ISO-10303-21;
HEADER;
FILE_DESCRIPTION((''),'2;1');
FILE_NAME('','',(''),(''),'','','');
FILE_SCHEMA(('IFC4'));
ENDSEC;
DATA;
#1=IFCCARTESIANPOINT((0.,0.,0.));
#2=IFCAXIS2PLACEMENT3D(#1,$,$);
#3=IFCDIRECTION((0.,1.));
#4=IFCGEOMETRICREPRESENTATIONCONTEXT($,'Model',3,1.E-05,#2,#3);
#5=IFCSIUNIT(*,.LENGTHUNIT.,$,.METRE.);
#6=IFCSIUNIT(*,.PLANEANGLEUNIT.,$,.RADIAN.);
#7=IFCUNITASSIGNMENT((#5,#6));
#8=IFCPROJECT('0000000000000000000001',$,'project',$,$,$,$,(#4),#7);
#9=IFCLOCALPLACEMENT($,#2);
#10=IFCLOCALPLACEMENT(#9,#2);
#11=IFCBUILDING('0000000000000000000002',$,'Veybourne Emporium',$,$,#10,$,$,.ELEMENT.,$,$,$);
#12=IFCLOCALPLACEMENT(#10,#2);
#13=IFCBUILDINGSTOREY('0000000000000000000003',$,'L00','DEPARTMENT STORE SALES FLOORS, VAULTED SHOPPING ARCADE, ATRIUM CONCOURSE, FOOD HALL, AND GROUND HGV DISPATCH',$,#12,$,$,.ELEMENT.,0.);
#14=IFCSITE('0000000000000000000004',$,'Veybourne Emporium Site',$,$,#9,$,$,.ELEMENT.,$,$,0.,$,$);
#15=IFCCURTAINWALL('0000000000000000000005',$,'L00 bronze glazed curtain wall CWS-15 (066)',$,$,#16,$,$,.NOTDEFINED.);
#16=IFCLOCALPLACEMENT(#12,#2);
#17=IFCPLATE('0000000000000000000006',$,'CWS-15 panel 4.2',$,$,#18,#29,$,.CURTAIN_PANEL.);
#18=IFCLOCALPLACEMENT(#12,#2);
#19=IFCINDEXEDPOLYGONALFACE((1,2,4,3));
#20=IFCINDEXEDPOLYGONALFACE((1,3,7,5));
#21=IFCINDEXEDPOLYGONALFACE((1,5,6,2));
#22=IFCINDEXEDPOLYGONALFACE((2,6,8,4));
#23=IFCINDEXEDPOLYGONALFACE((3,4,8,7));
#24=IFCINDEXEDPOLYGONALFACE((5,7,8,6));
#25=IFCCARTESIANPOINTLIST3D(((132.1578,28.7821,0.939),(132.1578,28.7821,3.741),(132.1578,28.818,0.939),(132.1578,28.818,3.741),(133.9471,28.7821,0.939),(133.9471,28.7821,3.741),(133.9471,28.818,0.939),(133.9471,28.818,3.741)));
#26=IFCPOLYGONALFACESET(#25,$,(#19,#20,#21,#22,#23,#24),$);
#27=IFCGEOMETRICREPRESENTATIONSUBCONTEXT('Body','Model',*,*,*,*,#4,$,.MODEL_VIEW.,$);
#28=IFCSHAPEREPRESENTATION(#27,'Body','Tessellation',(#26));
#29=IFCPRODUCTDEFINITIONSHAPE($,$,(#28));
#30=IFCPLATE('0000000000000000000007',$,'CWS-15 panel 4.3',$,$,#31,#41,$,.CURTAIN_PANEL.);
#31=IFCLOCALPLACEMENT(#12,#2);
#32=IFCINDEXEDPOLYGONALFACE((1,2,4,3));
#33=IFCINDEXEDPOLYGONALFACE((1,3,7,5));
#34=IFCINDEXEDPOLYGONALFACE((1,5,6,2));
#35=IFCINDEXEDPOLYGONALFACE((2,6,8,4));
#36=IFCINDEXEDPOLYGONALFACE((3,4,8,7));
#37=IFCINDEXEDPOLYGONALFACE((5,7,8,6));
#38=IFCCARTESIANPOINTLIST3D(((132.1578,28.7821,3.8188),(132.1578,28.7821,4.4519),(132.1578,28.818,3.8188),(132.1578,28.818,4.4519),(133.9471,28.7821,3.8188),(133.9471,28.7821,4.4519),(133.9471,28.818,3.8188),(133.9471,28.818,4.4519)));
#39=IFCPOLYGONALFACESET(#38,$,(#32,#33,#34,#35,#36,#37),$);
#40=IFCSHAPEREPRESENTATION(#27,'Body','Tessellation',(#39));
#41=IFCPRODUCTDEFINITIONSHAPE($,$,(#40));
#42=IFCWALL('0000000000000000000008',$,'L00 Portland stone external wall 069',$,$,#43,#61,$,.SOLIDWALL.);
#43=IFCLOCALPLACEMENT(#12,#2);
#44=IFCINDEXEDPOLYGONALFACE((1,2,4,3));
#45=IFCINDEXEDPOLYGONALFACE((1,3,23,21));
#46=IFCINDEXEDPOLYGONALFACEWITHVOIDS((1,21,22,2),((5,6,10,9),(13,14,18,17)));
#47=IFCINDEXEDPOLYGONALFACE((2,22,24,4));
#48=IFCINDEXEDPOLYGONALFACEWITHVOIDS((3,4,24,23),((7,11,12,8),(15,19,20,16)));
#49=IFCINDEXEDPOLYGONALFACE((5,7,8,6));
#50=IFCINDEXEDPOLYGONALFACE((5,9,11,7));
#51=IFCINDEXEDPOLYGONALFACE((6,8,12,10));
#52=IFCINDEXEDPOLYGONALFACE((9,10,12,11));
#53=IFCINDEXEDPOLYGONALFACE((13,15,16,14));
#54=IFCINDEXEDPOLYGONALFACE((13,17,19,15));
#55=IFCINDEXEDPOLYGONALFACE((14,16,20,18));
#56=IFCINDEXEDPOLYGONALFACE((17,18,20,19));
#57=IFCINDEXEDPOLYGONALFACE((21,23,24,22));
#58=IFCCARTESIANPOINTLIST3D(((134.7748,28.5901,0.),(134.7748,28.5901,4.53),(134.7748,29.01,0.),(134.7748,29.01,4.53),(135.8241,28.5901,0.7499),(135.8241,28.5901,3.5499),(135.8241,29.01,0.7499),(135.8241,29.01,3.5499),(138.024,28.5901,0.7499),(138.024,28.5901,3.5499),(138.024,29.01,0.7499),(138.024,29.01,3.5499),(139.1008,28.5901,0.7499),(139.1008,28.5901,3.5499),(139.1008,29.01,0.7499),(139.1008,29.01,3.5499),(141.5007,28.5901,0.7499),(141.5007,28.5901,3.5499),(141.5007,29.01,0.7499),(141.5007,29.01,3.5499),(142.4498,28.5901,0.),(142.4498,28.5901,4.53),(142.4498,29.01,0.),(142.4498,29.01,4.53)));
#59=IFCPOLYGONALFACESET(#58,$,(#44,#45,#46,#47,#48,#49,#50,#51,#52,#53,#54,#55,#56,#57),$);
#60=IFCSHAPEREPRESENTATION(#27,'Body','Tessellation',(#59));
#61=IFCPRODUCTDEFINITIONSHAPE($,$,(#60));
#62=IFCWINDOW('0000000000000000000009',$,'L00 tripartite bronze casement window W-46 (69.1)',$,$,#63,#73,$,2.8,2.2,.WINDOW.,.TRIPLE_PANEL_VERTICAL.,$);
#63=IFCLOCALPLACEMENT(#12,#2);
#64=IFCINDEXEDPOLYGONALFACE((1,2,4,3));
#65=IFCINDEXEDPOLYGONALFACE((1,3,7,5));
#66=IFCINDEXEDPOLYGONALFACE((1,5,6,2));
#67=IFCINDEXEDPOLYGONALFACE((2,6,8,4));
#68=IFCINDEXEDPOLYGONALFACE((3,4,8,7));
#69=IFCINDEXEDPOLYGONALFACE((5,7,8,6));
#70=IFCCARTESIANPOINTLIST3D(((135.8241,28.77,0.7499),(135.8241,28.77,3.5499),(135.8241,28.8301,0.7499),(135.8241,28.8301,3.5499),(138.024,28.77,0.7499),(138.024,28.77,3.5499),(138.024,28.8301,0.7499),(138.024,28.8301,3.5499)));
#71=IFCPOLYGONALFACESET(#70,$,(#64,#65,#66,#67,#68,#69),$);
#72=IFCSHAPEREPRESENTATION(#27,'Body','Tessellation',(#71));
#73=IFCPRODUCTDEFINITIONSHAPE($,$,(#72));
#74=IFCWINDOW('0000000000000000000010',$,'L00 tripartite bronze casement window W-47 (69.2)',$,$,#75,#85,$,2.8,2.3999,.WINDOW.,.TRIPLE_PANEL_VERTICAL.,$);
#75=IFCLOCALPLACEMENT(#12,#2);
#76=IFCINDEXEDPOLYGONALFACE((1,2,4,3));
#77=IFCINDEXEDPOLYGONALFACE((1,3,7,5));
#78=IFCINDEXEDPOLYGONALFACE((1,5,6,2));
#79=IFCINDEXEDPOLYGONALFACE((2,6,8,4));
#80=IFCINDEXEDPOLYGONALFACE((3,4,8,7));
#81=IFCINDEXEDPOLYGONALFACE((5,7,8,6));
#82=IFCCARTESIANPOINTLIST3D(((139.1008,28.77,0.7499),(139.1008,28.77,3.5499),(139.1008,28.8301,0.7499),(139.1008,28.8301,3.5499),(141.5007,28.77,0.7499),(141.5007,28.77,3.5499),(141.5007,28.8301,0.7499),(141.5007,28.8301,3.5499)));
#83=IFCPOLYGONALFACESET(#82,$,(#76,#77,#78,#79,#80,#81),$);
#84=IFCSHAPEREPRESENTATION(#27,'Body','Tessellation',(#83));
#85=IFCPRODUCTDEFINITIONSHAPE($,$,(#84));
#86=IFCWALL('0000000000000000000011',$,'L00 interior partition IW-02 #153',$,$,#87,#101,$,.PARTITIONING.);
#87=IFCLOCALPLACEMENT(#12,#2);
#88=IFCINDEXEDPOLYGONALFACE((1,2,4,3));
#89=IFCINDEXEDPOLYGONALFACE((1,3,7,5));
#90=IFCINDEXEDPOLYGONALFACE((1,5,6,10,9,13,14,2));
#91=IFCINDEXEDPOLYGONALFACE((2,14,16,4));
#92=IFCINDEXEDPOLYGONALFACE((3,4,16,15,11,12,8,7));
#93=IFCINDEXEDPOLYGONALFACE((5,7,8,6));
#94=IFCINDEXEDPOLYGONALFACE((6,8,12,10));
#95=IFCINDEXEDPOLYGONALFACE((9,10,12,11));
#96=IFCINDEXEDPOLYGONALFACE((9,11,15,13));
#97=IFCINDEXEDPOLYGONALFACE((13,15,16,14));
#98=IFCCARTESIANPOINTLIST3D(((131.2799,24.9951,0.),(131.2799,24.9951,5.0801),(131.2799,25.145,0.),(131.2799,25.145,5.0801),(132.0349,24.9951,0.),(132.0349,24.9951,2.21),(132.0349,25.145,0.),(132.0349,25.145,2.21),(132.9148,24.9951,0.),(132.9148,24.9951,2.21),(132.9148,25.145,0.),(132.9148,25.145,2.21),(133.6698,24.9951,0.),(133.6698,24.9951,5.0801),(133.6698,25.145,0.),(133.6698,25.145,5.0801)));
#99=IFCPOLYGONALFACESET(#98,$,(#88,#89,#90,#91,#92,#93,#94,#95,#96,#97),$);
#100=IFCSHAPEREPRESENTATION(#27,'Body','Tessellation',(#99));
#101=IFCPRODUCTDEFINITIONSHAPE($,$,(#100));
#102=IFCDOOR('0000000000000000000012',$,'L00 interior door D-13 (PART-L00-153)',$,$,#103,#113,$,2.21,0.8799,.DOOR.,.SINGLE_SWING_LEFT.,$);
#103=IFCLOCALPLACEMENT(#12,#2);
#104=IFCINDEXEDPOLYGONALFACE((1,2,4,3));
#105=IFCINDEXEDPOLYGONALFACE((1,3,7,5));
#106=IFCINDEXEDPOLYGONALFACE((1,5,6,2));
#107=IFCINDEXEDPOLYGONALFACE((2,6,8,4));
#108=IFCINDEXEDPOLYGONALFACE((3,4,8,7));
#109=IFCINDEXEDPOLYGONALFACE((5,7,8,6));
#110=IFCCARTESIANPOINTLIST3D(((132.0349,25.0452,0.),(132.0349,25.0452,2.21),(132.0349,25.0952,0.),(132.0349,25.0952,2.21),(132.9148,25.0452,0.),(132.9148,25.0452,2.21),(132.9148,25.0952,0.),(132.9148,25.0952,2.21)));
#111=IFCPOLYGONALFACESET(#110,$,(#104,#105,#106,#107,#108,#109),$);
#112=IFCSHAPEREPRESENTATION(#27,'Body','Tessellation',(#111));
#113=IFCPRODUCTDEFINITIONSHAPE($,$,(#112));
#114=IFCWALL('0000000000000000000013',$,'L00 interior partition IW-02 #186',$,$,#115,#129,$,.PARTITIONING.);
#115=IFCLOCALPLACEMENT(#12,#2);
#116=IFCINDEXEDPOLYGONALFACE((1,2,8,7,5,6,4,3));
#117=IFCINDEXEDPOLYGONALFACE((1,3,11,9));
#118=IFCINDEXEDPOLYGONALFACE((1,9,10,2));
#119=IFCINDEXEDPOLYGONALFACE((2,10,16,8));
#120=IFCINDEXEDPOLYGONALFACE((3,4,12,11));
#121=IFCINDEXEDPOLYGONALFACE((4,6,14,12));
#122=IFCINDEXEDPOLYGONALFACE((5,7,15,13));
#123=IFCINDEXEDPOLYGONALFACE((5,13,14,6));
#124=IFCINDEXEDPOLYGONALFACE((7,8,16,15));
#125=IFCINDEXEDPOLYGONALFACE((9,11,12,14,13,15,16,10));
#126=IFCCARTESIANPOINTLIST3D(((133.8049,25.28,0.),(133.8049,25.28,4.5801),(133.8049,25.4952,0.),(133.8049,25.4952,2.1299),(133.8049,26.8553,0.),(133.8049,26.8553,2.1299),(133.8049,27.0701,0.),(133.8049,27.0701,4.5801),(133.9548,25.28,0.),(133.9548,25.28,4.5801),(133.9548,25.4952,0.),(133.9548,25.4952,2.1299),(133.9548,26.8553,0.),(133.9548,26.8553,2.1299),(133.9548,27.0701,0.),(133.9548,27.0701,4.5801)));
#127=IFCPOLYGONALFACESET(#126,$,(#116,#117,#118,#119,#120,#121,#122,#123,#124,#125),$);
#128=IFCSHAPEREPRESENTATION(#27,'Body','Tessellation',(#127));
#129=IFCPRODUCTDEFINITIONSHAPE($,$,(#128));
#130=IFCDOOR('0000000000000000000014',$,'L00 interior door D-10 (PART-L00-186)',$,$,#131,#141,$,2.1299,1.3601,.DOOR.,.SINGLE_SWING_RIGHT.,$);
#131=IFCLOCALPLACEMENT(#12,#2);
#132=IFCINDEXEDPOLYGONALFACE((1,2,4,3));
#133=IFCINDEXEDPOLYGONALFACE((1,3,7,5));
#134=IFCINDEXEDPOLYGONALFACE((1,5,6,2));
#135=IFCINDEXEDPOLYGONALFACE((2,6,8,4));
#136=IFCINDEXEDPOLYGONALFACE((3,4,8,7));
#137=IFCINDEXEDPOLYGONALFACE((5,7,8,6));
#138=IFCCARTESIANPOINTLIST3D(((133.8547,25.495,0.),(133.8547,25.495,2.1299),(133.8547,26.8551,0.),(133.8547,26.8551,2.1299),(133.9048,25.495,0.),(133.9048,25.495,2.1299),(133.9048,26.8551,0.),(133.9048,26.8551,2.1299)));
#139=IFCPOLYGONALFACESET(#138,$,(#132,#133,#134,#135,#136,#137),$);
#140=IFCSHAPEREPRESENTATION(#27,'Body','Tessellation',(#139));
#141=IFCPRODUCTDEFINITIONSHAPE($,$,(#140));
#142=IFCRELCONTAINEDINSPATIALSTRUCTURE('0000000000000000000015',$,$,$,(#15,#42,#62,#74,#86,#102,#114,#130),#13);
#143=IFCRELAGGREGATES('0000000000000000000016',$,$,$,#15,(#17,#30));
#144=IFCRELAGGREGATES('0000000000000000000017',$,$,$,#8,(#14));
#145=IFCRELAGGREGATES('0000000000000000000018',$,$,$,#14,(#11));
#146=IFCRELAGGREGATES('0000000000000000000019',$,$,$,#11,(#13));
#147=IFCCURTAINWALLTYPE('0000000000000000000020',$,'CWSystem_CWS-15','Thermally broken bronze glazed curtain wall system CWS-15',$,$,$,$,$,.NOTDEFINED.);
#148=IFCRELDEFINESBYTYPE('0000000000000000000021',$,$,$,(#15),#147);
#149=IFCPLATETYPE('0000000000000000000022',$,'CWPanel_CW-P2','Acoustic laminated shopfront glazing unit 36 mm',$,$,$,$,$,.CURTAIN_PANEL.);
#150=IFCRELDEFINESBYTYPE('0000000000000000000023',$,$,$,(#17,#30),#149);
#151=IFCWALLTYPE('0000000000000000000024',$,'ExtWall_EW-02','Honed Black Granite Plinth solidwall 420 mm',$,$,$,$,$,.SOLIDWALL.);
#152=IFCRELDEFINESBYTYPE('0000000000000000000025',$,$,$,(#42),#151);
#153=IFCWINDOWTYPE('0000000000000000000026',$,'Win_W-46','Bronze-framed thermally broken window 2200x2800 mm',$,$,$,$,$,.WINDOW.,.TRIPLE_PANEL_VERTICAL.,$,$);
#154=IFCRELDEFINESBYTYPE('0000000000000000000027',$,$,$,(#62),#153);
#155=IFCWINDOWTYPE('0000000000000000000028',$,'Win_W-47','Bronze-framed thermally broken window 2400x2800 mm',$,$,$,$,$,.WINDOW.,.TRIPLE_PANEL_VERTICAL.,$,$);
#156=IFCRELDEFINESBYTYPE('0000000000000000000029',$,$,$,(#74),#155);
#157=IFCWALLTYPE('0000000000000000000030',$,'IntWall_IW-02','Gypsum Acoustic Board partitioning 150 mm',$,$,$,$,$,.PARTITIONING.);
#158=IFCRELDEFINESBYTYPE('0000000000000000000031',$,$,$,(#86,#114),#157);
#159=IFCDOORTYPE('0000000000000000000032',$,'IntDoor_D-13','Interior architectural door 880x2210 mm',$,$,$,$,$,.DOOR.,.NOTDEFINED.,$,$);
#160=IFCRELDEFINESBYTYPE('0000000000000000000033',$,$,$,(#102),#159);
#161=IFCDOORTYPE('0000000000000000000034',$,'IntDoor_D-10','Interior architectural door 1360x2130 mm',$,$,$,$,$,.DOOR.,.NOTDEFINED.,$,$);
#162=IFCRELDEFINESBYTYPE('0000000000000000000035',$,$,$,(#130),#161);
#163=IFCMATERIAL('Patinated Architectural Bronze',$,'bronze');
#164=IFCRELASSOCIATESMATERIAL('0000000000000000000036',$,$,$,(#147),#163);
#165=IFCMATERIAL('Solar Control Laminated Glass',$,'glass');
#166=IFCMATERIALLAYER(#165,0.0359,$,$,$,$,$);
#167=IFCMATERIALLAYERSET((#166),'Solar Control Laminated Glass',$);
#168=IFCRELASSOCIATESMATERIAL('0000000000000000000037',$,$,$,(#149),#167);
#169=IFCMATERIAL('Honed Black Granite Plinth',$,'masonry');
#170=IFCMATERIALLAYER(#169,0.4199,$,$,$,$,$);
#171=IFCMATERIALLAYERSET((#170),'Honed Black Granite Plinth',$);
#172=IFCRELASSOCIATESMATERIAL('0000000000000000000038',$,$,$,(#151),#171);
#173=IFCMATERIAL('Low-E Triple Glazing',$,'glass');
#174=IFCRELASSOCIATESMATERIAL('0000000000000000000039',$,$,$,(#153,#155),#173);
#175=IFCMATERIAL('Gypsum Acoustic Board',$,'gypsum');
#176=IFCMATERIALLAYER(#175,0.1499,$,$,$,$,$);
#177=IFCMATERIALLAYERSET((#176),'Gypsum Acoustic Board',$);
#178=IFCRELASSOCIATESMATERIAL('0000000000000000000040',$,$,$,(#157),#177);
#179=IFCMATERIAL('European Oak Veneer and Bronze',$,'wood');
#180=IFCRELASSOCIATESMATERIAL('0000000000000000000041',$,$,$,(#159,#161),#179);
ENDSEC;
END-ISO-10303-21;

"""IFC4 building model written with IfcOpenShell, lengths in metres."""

from ifc_helpers import new_model, si_unit, direction, frame, frame_2d, origin, origin_2d, place, context, subcontext, project, spatial, rectangle, extrude, material, layer, layer_set, type_object, element, fill, aggregate, save


model = new_model("IFC4")

# Units and contexts
model_context = context("Model", 3, precision=1e-05, world=origin(), true_north=direction((0.0, 1.0)))
body_context = subcontext(model_context, "Body", "Model", "MODEL_VIEW")
ifc_project = project(units=[si_unit("LENGTHUNIT", "METRE"), si_unit("PLANEANGLEUNIT", "RADIAN")], contexts=[model_context])

# Site, building, storey
site_placement = place(None, origin())
site = spatial("IfcSite", under=ifc_project, at=site_placement, Name="Veybourne Emporium Site", CompositionType="ELEMENT", RefElevation=0.0)
building_placement = place(site_placement, origin())
building = spatial("IfcBuilding", under=site, at=building_placement, Name="Veybourne Emporium", CompositionType="ELEMENT")
storey_placement = place(building_placement, origin())
storey = spatial("IfcBuildingStorey", under=building, at=storey_placement, Name="L00", Description="DEPARTMENT STORE SALES FLOORS, VAULTED SHOPPING ARCADE, ATRIUM CONCOURSE, FOOD HALL, AND GROUND HGV DISPATCH", CompositionType="ELEMENT", Elevation=0.0)

# Curtain wall
ifc_material_1 = material(Name="Patinated Architectural Bronze", Category="bronze")
curtain_wall_type = type_object("IfcCurtainWallType", Name="CWSystem_CWS-15", Description="Thermally broken bronze glazed curtain wall system CWS-15", PredefinedType="NOTDEFINED", material=ifc_material_1)
curtain_wall_placement = place(storey_placement, origin())
curtain_wall = element("IfcCurtainWall", 1, at=curtain_wall_placement, inside=storey, type_object=curtain_wall_type, Name="L00 bronze glazed curtain wall CWS-15 (066)", PredefinedType="NOTDEFINED")

# Plates
ifc_material_2 = material(Name="Solar Control Laminated Glass", Category="glass")
ifc_layer_1 = layer(ifc_material_2, 0.0359)
ifc_layer_set_1 = layer_set([ifc_layer_1], Name="Solar Control Laminated Glass")
plate_type = type_object("IfcPlateType", Name="CWPanel_CW-P2", Description="Acoustic laminated shopfront glazing unit 36 mm", PredefinedType="CURTAIN_PANEL", material=ifc_layer_set_1)
plate_1_placement = place(storey_placement, frame((133.0525, 28.8, 0.939), z_axis=(0.0, 0.0, 1.0), x_axis=(1.0, 0.0, 0.0)))
plate_1 = element("IfcPlate", 2, at=plate_1_placement, type_object=plate_type, Name="CWS-15 panel 4.2", PredefinedType="CURTAIN_PANEL", context=body_context, shape_type="SweptSolid", body=[
    extrude(rectangle(XDim=1.7893, YDim=0.0359, at=origin_2d()), origin(), (0.0, 0.0, 1.0), 2.802),
])
plate_2_placement = place(storey_placement, frame((133.0525, 28.8, 3.8188), z_axis=(0.0, 0.0, 1.0), x_axis=(1.0, 0.0, 0.0)))
plate_2 = element("IfcPlate", 3, at=plate_2_placement, type_object=plate_type, Name="CWS-15 panel 4.3", PredefinedType="CURTAIN_PANEL", context=body_context, shape_type="SweptSolid", body=[
    extrude(rectangle(XDim=1.7893, YDim=0.0359, at=origin_2d()), origin(), (0.0, 0.0, 1.0), 0.6331),
])
aggregate(curtain_wall, [plate_1, plate_2])

# Wall, openings, windows
ifc_material_3 = material(Name="Honed Black Granite Plinth", Category="masonry")
ifc_layer_2 = layer(ifc_material_3, 0.4199)
ifc_layer_set_2 = layer_set([ifc_layer_2], Name="Honed Black Granite Plinth")
wall_type_1 = type_object("IfcWallType", Name="ExtWall_EW-02", Description="Honed Black Granite Plinth solidwall 420 mm", PredefinedType="SOLIDWALL", material=ifc_layer_set_2)
wall_1_placement = place(storey_placement, frame((134.7749, 28.8, 0.0), z_axis=(0.0, 0.0, 1.0), x_axis=(1.0, 0.0, 0.0)))
wall_1 = element("IfcWall", 4, at=wall_1_placement, inside=storey, type_object=wall_type_1, Name="L00 Portland stone external wall 069", PredefinedType="SOLIDWALL", context=body_context, shape_type="SweptSolid", body=[
    extrude(rectangle(XDim=7.675, YDim=0.4199, at=frame_2d((3.8374, 0.0))), origin(), (0.0, 0.0, 1.0), 4.53),
])
opening_1_placement = place(wall_1_placement, frame((1.0491, 0.0, 0.75)))
opening_1 = element("IfcOpeningElement", 5, at=opening_1_placement, cuts=wall_1, PredefinedType="OPENING", context=body_context, shape_type="SweptSolid", body=[
    extrude(rectangle(XDim=2.2, YDim=2.8, at=frame_2d((1.1001, 1.3999))), frame((0.0, 0.23, 0.0), z_axis=(0.0, -1.0, 0.0), x_axis=(1.0, 0.0, 0.0)), (0.0, 0.0, 1.0), 0.46),
])
opening_2_placement = place(wall_1_placement, frame((4.3259, 0.0, 0.75)))
opening_2 = element("IfcOpeningElement", 6, at=opening_2_placement, cuts=wall_1, PredefinedType="OPENING", context=body_context, shape_type="SweptSolid", body=[
    extrude(rectangle(XDim=2.3999, YDim=2.8, at=frame_2d((1.2, 1.3999))), frame((0.0, 0.23, 0.0), z_axis=(0.0, -1.0, 0.0), x_axis=(1.0, 0.0, 0.0)), (0.0, 0.0, 1.0), 0.46),
])
ifc_material_4 = material(Name="Low-E Triple Glazing", Category="glass")
window_type_1 = type_object("IfcWindowType", Name="Win_W-46", Description="Bronze-framed thermally broken window 2200x2800 mm", PartitioningType="TRIPLE_PANEL_VERTICAL", PredefinedType="WINDOW", material=ifc_material_4)
window_1_placement = place(opening_1_placement, origin())
window_1 = element("IfcWindow", 7, at=window_1_placement, inside=storey, type_object=window_type_1, Name="L00 tripartite bronze casement window W-46 (69.1)", OverallHeight=2.8, OverallWidth=2.2, PartitioningType="TRIPLE_PANEL_VERTICAL", PredefinedType="WINDOW", context=body_context, shape_type="SweptSolid", body=[
    extrude(rectangle(XDim=2.2, YDim=2.8, at=frame_2d((1.1001, 1.3999))), frame((0.0, 0.03, 0.0), z_axis=(0.0, -1.0, 0.0), x_axis=(1.0, 0.0, 0.0)), (0.0, 0.0, 1.0), 0.0601),
])
fill(opening_1, window_1)
window_type_2 = type_object("IfcWindowType", Name="Win_W-47", Description="Bronze-framed thermally broken window 2400x2800 mm", PartitioningType="TRIPLE_PANEL_VERTICAL", PredefinedType="WINDOW", material=ifc_material_4)
window_2_placement = place(opening_2_placement, origin())
window_2 = element("IfcWindow", 8, at=window_2_placement, inside=storey, type_object=window_type_2, Name="L00 tripartite bronze casement window W-47 (69.2)", OverallHeight=2.8, OverallWidth=2.3999, PartitioningType="TRIPLE_PANEL_VERTICAL", PredefinedType="WINDOW", context=body_context, shape_type="SweptSolid", body=[
    extrude(rectangle(XDim=2.3999, YDim=2.8, at=frame_2d((1.2, 1.3999))), frame((0.0, 0.03, 0.0), z_axis=(0.0, -1.0, 0.0), x_axis=(1.0, 0.0, 0.0)), (0.0, 0.0, 1.0), 0.0601),
])
fill(opening_2, window_2)

# Walls, openings, doors
ifc_material_5 = material(Name="Gypsum Acoustic Board", Category="gypsum")
ifc_layer_3 = layer(ifc_material_5, 0.1499)
ifc_layer_set_3 = layer_set([ifc_layer_3], Name="Gypsum Acoustic Board")
wall_type_2 = type_object("IfcWallType", Name="IntWall_IW-02", Description="Gypsum Acoustic Board partitioning 150 mm", PredefinedType="PARTITIONING", material=ifc_layer_set_3)
wall_2_placement = place(storey_placement, frame((131.28, 25.0701, 0.0), z_axis=(0.0, 0.0, 1.0), x_axis=(1.0, 0.0, 0.0)))
wall_2 = element("IfcWall", 9, at=wall_2_placement, inside=storey, type_object=wall_type_2, Name="L00 interior partition IW-02 #153", PredefinedType="PARTITIONING", context=body_context, shape_type="SweptSolid", body=[
    extrude(rectangle(XDim=2.3899, YDim=0.1499, at=frame_2d((1.1948, 0.0))), origin(), (0.0, 0.0, 1.0), 5.0801),
])
opening_3_placement = place(wall_2_placement, frame((0.7549, 0.0, 0.0)))
opening_3 = element("IfcOpeningElement", 10, at=opening_3_placement, cuts=wall_2, PredefinedType="OPENING", context=body_context, shape_type="SweptSolid", body=[
    extrude(rectangle(XDim=0.8799, YDim=2.21, at=frame_2d((0.4399, 1.105))), frame((0.0, 0.095, 0.0), z_axis=(0.0, -1.0, 0.0), x_axis=(1.0, 0.0, 0.0)), (0.0, 0.0, 1.0), 0.1899),
])
ifc_material_6 = material(Name="European Oak Veneer and Bronze", Category="wood")
door_type_1 = type_object("IfcDoorType", Name="IntDoor_D-13", Description="Interior architectural door 880x2210 mm", OperationType="NOTDEFINED", PredefinedType="DOOR", material=ifc_material_6)
door_1_placement = place(opening_3_placement, frame((0.8799, 0.0, 0.0), z_axis=(0.0, 0.0, 1.0), x_axis=(-1.0, 0.0, 0.0)))
door_1 = element("IfcDoor", 11, at=door_1_placement, inside=storey, type_object=door_type_1, Name="L00 interior door D-13 (PART-L00-153)", OperationType="SINGLE_SWING_LEFT", OverallHeight=2.21, OverallWidth=0.8799, PredefinedType="DOOR", context=body_context, shape_type="SweptSolid", body=[
    extrude(rectangle(XDim=0.8799, YDim=2.21, at=frame_2d((0.4399, 1.105))), frame((0.0, 0.0249, 0.0), z_axis=(0.0, -1.0, 0.0), x_axis=(1.0, 0.0, 0.0)), (0.0, 0.0, 1.0), 0.05),
])
fill(opening_3, door_1)
wall_3_placement = place(storey_placement, frame((133.8799, 25.28, 0.0), z_axis=(0.0, 0.0, 1.0), x_axis=(0.0, 1.0, 0.0)))
wall_3 = element("IfcWall", 12, at=wall_3_placement, inside=storey, type_object=wall_type_2, Name="L00 interior partition IW-02 #186", PredefinedType="PARTITIONING", context=body_context, shape_type="SweptSolid", body=[
    extrude(rectangle(XDim=1.79, YDim=0.1499, at=frame_2d((0.895, 0.0))), origin(), (0.0, 0.0, 1.0), 4.5801),
])
opening_4_placement = place(wall_3_placement, frame((0.2151, 0.0, 0.0)))
opening_4 = element("IfcOpeningElement", 13, at=opening_4_placement, cuts=wall_3, PredefinedType="OPENING", context=body_context, shape_type="SweptSolid", body=[
    extrude(rectangle(XDim=1.3601, YDim=2.1299, at=frame_2d((0.6802, 1.0649))), frame((0.0, 0.095, 0.0), z_axis=(0.0, -1.0, 0.0), x_axis=(1.0, 0.0, 0.0)), (0.0, 0.0, 1.0), 0.1899),
])
door_type_2 = type_object("IfcDoorType", Name="IntDoor_D-10", Description="Interior architectural door 1360x2130 mm", OperationType="NOTDEFINED", PredefinedType="DOOR", material=ifc_material_6)
door_2_placement = place(opening_4_placement, frame((1.3601, 0.0, 0.0), z_axis=(0.0, 0.0, 1.0), x_axis=(-1.0, 0.0, 0.0)))
door_2 = element("IfcDoor", 14, at=door_2_placement, inside=storey, type_object=door_type_2, Name="L00 interior door D-10 (PART-L00-186)", OperationType="SINGLE_SWING_RIGHT", OverallHeight=2.1299, OverallWidth=1.3601, PredefinedType="DOOR", context=body_context, shape_type="SweptSolid", body=[
    extrude(rectangle(XDim=1.3601, YDim=2.1299, at=frame_2d((0.6802, 1.0649))), frame((0.0, 0.0249, 0.0), z_axis=(0.0, -1.0, 0.0), x_axis=(1.0, 0.0, 0.0)), (0.0, 0.0, 1.0), 0.05),
])
fill(opening_4, door_2)

save(model, "model.ifc")
